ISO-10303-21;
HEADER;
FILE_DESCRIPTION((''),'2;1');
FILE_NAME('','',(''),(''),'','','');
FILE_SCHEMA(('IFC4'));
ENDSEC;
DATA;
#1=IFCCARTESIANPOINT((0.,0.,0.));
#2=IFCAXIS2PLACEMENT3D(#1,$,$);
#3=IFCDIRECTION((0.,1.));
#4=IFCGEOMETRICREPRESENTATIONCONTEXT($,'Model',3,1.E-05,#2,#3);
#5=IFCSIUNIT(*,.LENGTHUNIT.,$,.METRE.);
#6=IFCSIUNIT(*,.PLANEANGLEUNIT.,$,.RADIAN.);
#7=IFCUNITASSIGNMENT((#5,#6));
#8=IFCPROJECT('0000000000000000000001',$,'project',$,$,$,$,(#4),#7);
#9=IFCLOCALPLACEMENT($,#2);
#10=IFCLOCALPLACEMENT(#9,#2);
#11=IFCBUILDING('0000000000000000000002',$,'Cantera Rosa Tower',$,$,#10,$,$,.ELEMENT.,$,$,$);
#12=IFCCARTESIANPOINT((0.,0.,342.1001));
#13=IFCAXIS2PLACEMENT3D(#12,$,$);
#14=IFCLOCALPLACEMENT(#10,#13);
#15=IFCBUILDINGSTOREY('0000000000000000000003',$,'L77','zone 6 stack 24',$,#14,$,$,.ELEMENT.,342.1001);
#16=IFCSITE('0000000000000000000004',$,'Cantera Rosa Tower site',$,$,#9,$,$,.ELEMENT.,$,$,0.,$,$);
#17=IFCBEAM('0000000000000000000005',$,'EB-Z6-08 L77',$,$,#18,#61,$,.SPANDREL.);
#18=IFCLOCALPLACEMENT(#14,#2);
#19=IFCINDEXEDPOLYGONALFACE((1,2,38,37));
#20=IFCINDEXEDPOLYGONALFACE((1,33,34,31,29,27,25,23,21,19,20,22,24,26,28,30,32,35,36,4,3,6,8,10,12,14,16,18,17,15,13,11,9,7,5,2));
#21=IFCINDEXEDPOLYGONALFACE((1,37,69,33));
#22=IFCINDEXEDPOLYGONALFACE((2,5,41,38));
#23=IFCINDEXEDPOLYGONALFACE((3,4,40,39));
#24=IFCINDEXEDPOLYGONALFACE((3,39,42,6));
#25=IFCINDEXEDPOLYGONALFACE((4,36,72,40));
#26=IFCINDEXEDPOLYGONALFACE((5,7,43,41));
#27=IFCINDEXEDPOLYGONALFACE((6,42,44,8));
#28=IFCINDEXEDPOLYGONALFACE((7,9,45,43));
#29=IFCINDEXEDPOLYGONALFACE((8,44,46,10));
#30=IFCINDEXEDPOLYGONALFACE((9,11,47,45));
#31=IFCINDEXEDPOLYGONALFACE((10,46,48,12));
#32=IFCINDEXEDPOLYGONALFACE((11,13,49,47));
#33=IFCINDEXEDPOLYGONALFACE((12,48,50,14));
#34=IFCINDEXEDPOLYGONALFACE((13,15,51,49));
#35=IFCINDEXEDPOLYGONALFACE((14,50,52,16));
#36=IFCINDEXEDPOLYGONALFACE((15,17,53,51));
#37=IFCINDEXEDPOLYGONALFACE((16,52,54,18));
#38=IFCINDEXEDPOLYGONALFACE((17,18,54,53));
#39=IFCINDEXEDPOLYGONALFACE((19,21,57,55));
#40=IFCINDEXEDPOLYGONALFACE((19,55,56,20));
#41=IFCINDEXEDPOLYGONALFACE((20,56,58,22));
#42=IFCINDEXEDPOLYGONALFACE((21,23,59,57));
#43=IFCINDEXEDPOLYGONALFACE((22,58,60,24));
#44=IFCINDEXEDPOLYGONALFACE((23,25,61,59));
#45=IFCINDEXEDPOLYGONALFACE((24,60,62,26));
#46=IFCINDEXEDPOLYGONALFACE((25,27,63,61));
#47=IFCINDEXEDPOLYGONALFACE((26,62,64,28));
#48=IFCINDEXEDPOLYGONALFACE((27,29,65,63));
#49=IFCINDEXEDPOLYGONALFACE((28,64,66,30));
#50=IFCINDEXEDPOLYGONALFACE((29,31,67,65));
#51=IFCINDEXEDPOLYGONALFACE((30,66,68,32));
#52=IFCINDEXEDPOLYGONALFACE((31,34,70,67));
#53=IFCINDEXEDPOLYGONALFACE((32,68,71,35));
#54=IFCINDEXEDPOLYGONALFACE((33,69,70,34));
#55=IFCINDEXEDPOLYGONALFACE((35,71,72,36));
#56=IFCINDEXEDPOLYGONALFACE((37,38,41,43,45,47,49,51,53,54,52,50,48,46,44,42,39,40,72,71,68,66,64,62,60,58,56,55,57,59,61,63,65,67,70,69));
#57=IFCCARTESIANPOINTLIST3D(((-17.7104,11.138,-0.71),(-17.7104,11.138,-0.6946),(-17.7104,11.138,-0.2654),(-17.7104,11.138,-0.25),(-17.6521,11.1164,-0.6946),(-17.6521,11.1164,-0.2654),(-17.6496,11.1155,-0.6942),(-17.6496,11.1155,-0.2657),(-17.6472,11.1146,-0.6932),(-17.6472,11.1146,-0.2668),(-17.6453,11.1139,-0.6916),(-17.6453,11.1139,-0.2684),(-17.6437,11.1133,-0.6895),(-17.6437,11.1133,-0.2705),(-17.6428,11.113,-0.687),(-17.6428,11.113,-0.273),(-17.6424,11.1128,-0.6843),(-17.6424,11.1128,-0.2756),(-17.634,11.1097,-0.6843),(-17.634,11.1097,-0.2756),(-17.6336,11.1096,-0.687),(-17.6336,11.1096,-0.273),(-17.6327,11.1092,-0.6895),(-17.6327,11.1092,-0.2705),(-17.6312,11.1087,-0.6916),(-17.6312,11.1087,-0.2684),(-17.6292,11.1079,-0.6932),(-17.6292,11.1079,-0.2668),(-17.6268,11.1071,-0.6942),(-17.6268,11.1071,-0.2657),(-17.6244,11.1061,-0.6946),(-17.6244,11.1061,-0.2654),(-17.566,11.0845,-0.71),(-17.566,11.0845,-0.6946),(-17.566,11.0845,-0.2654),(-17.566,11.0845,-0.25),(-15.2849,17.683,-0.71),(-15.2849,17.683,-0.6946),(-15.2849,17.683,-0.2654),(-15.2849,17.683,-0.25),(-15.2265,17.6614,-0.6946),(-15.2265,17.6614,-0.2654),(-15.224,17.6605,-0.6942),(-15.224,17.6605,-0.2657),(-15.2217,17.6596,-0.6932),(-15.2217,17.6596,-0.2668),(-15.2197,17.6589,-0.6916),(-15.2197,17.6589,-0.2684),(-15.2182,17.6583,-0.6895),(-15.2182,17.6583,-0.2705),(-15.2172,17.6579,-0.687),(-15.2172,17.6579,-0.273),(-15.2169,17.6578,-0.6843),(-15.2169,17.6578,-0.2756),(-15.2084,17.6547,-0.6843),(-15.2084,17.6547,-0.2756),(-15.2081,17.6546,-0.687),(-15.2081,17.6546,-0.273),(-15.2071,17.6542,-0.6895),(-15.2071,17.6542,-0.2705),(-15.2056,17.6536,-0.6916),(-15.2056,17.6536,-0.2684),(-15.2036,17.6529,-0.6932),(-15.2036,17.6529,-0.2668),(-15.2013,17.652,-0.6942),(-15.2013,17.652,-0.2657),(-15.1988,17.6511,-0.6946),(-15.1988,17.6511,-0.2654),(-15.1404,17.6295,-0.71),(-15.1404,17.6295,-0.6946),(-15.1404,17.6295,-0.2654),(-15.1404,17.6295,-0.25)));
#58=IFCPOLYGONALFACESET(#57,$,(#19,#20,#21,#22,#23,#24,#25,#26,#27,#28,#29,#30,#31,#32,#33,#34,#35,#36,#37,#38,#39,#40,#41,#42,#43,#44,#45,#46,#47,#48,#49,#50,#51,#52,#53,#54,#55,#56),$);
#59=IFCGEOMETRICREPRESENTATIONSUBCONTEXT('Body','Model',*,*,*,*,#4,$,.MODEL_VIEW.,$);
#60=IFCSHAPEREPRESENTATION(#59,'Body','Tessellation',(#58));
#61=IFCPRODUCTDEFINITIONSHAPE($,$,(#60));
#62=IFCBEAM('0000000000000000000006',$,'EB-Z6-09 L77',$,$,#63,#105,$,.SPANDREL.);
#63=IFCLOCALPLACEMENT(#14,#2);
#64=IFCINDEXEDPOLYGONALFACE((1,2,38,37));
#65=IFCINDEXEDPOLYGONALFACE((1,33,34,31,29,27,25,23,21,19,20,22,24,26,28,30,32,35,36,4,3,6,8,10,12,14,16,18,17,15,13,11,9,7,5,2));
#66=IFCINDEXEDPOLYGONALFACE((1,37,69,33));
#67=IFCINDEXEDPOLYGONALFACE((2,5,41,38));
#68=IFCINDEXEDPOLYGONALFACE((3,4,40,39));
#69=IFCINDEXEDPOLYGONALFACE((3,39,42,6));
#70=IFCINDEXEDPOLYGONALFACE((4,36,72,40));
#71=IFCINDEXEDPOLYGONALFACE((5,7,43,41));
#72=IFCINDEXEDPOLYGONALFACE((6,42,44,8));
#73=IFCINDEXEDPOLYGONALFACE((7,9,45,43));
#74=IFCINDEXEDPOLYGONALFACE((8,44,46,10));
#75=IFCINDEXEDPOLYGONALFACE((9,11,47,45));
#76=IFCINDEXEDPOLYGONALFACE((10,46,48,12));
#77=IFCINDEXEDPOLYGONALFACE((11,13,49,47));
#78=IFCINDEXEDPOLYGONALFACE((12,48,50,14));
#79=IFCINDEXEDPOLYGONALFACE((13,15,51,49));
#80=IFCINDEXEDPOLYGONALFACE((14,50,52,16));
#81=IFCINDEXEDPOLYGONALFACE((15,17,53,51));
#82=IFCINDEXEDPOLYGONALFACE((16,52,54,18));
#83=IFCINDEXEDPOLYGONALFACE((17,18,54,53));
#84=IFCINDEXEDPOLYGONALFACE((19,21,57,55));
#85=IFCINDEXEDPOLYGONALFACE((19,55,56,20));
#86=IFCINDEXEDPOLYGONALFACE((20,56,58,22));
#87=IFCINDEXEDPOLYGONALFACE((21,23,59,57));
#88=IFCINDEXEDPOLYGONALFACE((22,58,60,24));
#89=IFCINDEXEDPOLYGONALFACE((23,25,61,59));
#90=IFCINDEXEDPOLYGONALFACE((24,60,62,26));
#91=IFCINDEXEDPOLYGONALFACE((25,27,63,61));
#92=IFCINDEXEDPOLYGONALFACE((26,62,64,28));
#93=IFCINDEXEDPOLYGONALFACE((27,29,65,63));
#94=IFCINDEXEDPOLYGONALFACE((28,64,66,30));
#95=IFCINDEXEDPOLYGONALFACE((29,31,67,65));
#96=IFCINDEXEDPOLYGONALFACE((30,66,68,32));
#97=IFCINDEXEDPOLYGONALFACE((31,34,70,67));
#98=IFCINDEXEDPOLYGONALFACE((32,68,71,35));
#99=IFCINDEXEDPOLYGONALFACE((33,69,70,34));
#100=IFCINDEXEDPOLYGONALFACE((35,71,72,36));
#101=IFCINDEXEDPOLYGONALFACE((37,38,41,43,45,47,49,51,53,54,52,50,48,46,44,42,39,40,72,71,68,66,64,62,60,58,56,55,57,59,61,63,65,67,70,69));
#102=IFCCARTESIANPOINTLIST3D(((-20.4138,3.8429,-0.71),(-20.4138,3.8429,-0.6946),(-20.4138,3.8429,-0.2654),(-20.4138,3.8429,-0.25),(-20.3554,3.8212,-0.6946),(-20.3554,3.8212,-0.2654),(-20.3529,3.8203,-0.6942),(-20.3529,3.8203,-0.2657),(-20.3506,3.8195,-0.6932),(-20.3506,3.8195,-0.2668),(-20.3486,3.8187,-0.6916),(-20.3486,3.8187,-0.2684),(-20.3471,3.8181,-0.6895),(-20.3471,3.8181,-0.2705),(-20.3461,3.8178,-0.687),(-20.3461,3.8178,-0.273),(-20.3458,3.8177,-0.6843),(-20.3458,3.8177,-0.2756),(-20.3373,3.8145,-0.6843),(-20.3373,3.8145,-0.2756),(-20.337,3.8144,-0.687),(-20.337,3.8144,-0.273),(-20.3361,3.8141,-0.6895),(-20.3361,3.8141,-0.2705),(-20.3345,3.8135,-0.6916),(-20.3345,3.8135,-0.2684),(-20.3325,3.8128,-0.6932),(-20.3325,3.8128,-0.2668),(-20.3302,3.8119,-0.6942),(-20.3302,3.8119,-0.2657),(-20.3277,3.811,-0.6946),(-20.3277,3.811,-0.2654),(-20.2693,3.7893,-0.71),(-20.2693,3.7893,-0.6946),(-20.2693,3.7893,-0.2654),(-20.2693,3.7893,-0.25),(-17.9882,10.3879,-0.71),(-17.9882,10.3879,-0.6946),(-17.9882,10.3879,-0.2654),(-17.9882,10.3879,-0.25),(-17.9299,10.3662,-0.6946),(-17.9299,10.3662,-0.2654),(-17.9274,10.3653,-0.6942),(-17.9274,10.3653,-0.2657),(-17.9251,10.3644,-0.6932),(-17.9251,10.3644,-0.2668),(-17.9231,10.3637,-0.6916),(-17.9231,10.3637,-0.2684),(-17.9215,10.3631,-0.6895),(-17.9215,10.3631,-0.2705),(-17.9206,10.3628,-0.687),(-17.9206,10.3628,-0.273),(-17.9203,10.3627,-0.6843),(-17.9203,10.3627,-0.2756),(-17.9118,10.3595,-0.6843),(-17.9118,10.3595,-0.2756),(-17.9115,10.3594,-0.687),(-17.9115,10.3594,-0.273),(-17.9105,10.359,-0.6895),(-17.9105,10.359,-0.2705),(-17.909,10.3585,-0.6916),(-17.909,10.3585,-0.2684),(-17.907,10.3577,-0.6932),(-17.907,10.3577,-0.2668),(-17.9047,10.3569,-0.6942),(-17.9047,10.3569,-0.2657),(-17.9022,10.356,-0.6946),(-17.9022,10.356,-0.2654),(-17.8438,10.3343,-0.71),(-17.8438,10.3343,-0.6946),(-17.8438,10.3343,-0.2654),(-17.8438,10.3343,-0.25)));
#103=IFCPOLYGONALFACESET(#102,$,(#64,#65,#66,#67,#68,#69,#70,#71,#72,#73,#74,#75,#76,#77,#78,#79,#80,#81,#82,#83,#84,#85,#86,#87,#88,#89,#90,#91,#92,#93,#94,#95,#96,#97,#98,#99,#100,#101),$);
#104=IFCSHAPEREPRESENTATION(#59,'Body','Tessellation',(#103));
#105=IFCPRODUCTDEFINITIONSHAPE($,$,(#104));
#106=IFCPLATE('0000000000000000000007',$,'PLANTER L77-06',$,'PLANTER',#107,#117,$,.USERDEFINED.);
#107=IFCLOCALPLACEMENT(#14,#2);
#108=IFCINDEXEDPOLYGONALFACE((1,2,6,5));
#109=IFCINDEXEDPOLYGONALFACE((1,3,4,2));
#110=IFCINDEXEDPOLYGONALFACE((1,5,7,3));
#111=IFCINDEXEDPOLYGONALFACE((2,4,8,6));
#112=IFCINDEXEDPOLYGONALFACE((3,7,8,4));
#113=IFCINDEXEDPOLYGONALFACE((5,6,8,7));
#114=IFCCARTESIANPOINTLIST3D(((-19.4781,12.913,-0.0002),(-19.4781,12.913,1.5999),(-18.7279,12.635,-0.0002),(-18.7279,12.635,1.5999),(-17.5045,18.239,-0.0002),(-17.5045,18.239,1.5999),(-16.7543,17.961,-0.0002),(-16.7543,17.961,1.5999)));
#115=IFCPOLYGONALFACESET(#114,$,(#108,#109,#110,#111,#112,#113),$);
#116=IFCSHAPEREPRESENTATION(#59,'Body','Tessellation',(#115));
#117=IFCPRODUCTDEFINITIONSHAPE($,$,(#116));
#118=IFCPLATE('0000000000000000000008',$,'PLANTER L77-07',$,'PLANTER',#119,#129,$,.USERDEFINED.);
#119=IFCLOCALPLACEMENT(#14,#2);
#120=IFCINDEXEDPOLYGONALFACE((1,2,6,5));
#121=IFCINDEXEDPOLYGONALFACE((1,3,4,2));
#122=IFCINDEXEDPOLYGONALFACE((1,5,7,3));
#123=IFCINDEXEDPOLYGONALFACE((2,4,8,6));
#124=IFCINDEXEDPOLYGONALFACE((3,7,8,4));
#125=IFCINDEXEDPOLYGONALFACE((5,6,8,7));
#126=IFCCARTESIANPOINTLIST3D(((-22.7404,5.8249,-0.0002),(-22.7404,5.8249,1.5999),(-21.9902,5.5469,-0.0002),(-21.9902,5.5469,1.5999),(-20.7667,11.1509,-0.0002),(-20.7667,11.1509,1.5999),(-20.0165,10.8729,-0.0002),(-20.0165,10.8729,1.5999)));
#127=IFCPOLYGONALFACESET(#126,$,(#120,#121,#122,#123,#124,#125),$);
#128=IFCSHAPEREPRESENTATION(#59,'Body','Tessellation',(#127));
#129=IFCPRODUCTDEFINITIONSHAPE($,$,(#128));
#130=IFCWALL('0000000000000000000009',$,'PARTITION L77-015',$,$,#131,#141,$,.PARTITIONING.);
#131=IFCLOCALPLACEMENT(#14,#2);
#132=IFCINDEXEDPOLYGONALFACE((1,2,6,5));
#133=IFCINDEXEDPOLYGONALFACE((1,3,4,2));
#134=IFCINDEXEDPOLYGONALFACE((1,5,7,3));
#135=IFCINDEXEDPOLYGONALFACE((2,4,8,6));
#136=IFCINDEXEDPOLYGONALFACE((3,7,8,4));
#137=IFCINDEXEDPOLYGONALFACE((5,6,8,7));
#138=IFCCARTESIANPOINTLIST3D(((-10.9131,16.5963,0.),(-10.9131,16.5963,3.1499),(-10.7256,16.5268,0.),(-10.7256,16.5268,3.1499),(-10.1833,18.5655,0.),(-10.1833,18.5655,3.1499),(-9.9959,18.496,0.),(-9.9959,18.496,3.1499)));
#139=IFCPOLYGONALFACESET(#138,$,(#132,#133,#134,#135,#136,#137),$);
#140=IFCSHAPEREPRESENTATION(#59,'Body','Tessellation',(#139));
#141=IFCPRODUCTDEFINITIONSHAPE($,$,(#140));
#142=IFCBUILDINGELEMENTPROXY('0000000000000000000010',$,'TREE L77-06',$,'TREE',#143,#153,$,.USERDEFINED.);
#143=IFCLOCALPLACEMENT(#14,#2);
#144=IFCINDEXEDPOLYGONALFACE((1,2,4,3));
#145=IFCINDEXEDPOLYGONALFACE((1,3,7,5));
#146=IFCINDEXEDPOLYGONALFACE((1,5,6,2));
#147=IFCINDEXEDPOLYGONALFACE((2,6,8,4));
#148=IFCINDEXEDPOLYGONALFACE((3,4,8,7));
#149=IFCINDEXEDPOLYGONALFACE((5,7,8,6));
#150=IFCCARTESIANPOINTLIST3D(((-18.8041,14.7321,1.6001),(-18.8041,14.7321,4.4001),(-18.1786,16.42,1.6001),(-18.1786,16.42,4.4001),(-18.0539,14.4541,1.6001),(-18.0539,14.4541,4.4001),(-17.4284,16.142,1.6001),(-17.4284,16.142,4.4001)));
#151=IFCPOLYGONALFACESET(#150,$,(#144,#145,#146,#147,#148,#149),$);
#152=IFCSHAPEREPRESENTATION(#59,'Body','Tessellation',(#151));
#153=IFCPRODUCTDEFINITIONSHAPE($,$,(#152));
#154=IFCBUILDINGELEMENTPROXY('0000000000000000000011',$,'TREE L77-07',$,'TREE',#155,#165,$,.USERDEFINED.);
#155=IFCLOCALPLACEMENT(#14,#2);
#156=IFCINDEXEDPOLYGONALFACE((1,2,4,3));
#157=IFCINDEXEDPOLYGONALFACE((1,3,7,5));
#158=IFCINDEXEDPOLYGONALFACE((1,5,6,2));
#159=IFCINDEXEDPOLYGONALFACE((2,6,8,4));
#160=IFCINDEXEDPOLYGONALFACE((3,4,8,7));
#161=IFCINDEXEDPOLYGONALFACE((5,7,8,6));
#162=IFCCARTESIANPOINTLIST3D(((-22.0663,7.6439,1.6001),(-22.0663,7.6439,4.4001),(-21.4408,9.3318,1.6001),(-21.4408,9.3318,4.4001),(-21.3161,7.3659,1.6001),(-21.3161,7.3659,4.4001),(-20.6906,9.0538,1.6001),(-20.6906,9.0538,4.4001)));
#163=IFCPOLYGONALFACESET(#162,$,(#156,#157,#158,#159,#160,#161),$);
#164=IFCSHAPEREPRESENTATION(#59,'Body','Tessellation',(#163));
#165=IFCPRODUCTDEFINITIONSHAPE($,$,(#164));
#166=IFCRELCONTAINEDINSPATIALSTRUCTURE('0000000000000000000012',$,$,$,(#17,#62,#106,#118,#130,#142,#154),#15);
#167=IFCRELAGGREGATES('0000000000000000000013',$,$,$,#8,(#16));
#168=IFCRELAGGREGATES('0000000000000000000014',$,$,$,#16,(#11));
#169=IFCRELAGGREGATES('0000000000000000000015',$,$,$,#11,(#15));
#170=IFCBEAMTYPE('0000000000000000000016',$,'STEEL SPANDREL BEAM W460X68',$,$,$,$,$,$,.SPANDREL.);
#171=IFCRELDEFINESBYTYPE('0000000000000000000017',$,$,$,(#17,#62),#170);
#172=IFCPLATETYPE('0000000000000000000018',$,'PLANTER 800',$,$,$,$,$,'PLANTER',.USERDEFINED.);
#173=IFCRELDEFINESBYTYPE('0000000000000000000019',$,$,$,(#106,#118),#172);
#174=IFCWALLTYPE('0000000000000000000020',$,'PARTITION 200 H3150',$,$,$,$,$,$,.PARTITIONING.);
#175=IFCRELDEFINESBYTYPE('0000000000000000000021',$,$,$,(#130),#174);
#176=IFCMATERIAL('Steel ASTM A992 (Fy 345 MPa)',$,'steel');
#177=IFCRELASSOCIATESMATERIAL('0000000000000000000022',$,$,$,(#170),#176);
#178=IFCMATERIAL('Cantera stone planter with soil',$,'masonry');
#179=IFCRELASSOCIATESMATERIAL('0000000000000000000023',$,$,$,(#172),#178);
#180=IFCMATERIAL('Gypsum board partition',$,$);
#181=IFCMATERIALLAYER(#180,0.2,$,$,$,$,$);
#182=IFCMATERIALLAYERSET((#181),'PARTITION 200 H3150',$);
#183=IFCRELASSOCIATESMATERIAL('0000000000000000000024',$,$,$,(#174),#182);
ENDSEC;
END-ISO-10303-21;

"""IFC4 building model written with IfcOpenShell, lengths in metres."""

from ifc_helpers import new_model, si_unit, direction, frame, frame_2d, origin, origin_2d, place, context, subcontext, project, spatial, rectangle, i_section, extrude, material, layer, layer_set, material_profile, profile_set, type_object, element, save


model = new_model("IFC4")

# Units and contexts
model_context = context("Model", 3, precision=1e-05, world=origin(), true_north=direction((0.0, 1.0)))
body_context = subcontext(model_context, "Body", "Model", "MODEL_VIEW")
ifc_project = project(units=[si_unit("LENGTHUNIT", "METRE"), si_unit("PLANEANGLEUNIT", "RADIAN")], contexts=[model_context])

# Site, building, storey
site_placement = place(None, origin())
site = spatial("IfcSite", under=ifc_project, at=site_placement, Name="Cantera Rosa Tower site", CompositionType="ELEMENT", RefElevation=0.0)
building_placement = place(site_placement, origin())
building = spatial("IfcBuilding", under=site, at=building_placement, Name="Cantera Rosa Tower", CompositionType="ELEMENT")
storey_placement = place(building_placement, frame((0.0, 0.0, 342.1001)))
storey = spatial("IfcBuildingStorey", under=building, at=storey_placement, Name="L77", Description="zone 6 stack 24", CompositionType="ELEMENT", Elevation=342.1001)

# Beams
ifc_material_1 = material(Name="Steel ASTM A992 (Fy 345 MPa)", Category="steel")
ifc_material_profile_1 = material_profile(ifc_material_1, i_section(OverallWidth=0.1541, OverallDepth=0.46, WebThickness=0.009, FlangeThickness=0.0154, FilletRadius=0.0103, at=origin_2d()), Name="W460X68")
ifc_profile_set_1 = profile_set([ifc_material_profile_1], Name="Steel ASTM A992 (Fy 345 MPa)")
beam_type_1 = type_object("IfcBeamType", Name="STEEL SPANDREL BEAM W460X68", PredefinedType="SPANDREL", material=ifc_profile_set_1)
for number, where, z_axis, x_axis, name in (
    (1, (-15.2126, 17.6562, -0.48), (-0.347502, -0.937679, 0.0), (0.937679, -0.347502, 0.0), "EB-Z6-08 L77"),
    (2, (-17.916, 10.3611, -0.48), (-0.347502, -0.937679, 0.0), (0.937679, -0.347502, 0.0), "EB-Z6-09 L77"),
):
    element("IfcBeam", number, at=place(storey_placement, frame(where, z_axis=z_axis, x_axis=x_axis)), inside=storey, type_object=beam_type_1, Name=name, PredefinedType="SPANDREL", context=body_context, shape_type="SweptSolid", body=[
        extrude(i_section(OverallWidth=0.1541, OverallDepth=0.46, WebThickness=0.009, FlangeThickness=0.0154, FilletRadius=0.0103, at=origin_2d()), origin(), (0.0, 0.0, 1.0), 6.98),
    ])

# Plates
ifc_material_2 = material(Name="Cantera stone planter with soil", Category="masonry")
plate_type = type_object("IfcPlateType", Name="PLANTER 800", ElementType="PLANTER", PredefinedType="USERDEFINED", material=ifc_material_2)
for number, where, z_axis, x_axis, name in (
    (3, (-18.1162, 15.437, -0.0002), (0.0, 0.0, 1.0), (-0.347481, -0.937687, 0.0), "PLANTER L77-06"),
    (4, (-21.3784, 8.3489, -0.0002), (0.0, 0.0, 1.0), (-0.347481, -0.937687, 0.0), "PLANTER L77-07"),
):
    element("IfcPlate", number, at=place(storey_placement, frame(where, z_axis=z_axis, x_axis=x_axis)), inside=storey, type_object=plate_type, Name=name, ObjectType="PLANTER", PredefinedType="USERDEFINED", context=body_context, shape_type="SweptSolid", body=[
        extrude(rectangle(XDim=5.6799, YDim=0.8, at=origin_2d()), origin(), (0.0, 0.0, 1.0), 1.6001),
    ])

# Wall
ifc_material_3 = material(Name="Gypsum board partition")
ifc_layer_1 = layer(ifc_material_3, 0.2)
ifc_layer_set_1 = layer_set([ifc_layer_1], Name="PARTITION 200 H3150")
wall_type_1 = type_object("IfcWallType", Name="PARTITION 200 H3150", PredefinedType="PARTITIONING", material=ifc_layer_set_1)
wall_1_placement = place(storey_placement, frame((-10.8193, 16.5615, 0.0), z_axis=(0.0, 0.0, 1.0), x_axis=(0.347477, 0.937688, 0.0)))
element("IfcWall", 5, at=wall_1_placement, inside=storey, type_object=wall_type_1, Name="PARTITION L77-015", PredefinedType="PARTITIONING", context=body_context, shape_type="SweptSolid", body=[
    extrude(rectangle(XDim=2.1001, YDim=0.2, at=frame_2d((1.05, 0.0))), origin(), (0.0, 0.0, 1.0), 3.1499),
])

# Building element proxies
for number, where, z_axis, x_axis, name in (
    (6, (-18.1162, 15.437, 1.6001), (0.0, 0.0, 1.0), (-0.347481, -0.937687, 0.0), "TREE L77-06"),
    (7, (-21.3784, 8.3489, 1.6001), (0.0, 0.0, 1.0), (-0.347481, -0.937687, 0.0), "TREE L77-07"),
):
    element("IfcBuildingElementProxy", number, at=place(storey_placement, frame(where, z_axis=z_axis, x_axis=x_axis)), inside=storey, Name=name, ObjectType="TREE", PredefinedType="USERDEFINED", context=body_context, shape_type="SweptSolid", body=[
        extrude(rectangle(XDim=1.8, YDim=0.8, at=origin_2d()), origin(), (0.0, 0.0, 1.0), 2.8),
    ])

save(model, "model.ifc")
